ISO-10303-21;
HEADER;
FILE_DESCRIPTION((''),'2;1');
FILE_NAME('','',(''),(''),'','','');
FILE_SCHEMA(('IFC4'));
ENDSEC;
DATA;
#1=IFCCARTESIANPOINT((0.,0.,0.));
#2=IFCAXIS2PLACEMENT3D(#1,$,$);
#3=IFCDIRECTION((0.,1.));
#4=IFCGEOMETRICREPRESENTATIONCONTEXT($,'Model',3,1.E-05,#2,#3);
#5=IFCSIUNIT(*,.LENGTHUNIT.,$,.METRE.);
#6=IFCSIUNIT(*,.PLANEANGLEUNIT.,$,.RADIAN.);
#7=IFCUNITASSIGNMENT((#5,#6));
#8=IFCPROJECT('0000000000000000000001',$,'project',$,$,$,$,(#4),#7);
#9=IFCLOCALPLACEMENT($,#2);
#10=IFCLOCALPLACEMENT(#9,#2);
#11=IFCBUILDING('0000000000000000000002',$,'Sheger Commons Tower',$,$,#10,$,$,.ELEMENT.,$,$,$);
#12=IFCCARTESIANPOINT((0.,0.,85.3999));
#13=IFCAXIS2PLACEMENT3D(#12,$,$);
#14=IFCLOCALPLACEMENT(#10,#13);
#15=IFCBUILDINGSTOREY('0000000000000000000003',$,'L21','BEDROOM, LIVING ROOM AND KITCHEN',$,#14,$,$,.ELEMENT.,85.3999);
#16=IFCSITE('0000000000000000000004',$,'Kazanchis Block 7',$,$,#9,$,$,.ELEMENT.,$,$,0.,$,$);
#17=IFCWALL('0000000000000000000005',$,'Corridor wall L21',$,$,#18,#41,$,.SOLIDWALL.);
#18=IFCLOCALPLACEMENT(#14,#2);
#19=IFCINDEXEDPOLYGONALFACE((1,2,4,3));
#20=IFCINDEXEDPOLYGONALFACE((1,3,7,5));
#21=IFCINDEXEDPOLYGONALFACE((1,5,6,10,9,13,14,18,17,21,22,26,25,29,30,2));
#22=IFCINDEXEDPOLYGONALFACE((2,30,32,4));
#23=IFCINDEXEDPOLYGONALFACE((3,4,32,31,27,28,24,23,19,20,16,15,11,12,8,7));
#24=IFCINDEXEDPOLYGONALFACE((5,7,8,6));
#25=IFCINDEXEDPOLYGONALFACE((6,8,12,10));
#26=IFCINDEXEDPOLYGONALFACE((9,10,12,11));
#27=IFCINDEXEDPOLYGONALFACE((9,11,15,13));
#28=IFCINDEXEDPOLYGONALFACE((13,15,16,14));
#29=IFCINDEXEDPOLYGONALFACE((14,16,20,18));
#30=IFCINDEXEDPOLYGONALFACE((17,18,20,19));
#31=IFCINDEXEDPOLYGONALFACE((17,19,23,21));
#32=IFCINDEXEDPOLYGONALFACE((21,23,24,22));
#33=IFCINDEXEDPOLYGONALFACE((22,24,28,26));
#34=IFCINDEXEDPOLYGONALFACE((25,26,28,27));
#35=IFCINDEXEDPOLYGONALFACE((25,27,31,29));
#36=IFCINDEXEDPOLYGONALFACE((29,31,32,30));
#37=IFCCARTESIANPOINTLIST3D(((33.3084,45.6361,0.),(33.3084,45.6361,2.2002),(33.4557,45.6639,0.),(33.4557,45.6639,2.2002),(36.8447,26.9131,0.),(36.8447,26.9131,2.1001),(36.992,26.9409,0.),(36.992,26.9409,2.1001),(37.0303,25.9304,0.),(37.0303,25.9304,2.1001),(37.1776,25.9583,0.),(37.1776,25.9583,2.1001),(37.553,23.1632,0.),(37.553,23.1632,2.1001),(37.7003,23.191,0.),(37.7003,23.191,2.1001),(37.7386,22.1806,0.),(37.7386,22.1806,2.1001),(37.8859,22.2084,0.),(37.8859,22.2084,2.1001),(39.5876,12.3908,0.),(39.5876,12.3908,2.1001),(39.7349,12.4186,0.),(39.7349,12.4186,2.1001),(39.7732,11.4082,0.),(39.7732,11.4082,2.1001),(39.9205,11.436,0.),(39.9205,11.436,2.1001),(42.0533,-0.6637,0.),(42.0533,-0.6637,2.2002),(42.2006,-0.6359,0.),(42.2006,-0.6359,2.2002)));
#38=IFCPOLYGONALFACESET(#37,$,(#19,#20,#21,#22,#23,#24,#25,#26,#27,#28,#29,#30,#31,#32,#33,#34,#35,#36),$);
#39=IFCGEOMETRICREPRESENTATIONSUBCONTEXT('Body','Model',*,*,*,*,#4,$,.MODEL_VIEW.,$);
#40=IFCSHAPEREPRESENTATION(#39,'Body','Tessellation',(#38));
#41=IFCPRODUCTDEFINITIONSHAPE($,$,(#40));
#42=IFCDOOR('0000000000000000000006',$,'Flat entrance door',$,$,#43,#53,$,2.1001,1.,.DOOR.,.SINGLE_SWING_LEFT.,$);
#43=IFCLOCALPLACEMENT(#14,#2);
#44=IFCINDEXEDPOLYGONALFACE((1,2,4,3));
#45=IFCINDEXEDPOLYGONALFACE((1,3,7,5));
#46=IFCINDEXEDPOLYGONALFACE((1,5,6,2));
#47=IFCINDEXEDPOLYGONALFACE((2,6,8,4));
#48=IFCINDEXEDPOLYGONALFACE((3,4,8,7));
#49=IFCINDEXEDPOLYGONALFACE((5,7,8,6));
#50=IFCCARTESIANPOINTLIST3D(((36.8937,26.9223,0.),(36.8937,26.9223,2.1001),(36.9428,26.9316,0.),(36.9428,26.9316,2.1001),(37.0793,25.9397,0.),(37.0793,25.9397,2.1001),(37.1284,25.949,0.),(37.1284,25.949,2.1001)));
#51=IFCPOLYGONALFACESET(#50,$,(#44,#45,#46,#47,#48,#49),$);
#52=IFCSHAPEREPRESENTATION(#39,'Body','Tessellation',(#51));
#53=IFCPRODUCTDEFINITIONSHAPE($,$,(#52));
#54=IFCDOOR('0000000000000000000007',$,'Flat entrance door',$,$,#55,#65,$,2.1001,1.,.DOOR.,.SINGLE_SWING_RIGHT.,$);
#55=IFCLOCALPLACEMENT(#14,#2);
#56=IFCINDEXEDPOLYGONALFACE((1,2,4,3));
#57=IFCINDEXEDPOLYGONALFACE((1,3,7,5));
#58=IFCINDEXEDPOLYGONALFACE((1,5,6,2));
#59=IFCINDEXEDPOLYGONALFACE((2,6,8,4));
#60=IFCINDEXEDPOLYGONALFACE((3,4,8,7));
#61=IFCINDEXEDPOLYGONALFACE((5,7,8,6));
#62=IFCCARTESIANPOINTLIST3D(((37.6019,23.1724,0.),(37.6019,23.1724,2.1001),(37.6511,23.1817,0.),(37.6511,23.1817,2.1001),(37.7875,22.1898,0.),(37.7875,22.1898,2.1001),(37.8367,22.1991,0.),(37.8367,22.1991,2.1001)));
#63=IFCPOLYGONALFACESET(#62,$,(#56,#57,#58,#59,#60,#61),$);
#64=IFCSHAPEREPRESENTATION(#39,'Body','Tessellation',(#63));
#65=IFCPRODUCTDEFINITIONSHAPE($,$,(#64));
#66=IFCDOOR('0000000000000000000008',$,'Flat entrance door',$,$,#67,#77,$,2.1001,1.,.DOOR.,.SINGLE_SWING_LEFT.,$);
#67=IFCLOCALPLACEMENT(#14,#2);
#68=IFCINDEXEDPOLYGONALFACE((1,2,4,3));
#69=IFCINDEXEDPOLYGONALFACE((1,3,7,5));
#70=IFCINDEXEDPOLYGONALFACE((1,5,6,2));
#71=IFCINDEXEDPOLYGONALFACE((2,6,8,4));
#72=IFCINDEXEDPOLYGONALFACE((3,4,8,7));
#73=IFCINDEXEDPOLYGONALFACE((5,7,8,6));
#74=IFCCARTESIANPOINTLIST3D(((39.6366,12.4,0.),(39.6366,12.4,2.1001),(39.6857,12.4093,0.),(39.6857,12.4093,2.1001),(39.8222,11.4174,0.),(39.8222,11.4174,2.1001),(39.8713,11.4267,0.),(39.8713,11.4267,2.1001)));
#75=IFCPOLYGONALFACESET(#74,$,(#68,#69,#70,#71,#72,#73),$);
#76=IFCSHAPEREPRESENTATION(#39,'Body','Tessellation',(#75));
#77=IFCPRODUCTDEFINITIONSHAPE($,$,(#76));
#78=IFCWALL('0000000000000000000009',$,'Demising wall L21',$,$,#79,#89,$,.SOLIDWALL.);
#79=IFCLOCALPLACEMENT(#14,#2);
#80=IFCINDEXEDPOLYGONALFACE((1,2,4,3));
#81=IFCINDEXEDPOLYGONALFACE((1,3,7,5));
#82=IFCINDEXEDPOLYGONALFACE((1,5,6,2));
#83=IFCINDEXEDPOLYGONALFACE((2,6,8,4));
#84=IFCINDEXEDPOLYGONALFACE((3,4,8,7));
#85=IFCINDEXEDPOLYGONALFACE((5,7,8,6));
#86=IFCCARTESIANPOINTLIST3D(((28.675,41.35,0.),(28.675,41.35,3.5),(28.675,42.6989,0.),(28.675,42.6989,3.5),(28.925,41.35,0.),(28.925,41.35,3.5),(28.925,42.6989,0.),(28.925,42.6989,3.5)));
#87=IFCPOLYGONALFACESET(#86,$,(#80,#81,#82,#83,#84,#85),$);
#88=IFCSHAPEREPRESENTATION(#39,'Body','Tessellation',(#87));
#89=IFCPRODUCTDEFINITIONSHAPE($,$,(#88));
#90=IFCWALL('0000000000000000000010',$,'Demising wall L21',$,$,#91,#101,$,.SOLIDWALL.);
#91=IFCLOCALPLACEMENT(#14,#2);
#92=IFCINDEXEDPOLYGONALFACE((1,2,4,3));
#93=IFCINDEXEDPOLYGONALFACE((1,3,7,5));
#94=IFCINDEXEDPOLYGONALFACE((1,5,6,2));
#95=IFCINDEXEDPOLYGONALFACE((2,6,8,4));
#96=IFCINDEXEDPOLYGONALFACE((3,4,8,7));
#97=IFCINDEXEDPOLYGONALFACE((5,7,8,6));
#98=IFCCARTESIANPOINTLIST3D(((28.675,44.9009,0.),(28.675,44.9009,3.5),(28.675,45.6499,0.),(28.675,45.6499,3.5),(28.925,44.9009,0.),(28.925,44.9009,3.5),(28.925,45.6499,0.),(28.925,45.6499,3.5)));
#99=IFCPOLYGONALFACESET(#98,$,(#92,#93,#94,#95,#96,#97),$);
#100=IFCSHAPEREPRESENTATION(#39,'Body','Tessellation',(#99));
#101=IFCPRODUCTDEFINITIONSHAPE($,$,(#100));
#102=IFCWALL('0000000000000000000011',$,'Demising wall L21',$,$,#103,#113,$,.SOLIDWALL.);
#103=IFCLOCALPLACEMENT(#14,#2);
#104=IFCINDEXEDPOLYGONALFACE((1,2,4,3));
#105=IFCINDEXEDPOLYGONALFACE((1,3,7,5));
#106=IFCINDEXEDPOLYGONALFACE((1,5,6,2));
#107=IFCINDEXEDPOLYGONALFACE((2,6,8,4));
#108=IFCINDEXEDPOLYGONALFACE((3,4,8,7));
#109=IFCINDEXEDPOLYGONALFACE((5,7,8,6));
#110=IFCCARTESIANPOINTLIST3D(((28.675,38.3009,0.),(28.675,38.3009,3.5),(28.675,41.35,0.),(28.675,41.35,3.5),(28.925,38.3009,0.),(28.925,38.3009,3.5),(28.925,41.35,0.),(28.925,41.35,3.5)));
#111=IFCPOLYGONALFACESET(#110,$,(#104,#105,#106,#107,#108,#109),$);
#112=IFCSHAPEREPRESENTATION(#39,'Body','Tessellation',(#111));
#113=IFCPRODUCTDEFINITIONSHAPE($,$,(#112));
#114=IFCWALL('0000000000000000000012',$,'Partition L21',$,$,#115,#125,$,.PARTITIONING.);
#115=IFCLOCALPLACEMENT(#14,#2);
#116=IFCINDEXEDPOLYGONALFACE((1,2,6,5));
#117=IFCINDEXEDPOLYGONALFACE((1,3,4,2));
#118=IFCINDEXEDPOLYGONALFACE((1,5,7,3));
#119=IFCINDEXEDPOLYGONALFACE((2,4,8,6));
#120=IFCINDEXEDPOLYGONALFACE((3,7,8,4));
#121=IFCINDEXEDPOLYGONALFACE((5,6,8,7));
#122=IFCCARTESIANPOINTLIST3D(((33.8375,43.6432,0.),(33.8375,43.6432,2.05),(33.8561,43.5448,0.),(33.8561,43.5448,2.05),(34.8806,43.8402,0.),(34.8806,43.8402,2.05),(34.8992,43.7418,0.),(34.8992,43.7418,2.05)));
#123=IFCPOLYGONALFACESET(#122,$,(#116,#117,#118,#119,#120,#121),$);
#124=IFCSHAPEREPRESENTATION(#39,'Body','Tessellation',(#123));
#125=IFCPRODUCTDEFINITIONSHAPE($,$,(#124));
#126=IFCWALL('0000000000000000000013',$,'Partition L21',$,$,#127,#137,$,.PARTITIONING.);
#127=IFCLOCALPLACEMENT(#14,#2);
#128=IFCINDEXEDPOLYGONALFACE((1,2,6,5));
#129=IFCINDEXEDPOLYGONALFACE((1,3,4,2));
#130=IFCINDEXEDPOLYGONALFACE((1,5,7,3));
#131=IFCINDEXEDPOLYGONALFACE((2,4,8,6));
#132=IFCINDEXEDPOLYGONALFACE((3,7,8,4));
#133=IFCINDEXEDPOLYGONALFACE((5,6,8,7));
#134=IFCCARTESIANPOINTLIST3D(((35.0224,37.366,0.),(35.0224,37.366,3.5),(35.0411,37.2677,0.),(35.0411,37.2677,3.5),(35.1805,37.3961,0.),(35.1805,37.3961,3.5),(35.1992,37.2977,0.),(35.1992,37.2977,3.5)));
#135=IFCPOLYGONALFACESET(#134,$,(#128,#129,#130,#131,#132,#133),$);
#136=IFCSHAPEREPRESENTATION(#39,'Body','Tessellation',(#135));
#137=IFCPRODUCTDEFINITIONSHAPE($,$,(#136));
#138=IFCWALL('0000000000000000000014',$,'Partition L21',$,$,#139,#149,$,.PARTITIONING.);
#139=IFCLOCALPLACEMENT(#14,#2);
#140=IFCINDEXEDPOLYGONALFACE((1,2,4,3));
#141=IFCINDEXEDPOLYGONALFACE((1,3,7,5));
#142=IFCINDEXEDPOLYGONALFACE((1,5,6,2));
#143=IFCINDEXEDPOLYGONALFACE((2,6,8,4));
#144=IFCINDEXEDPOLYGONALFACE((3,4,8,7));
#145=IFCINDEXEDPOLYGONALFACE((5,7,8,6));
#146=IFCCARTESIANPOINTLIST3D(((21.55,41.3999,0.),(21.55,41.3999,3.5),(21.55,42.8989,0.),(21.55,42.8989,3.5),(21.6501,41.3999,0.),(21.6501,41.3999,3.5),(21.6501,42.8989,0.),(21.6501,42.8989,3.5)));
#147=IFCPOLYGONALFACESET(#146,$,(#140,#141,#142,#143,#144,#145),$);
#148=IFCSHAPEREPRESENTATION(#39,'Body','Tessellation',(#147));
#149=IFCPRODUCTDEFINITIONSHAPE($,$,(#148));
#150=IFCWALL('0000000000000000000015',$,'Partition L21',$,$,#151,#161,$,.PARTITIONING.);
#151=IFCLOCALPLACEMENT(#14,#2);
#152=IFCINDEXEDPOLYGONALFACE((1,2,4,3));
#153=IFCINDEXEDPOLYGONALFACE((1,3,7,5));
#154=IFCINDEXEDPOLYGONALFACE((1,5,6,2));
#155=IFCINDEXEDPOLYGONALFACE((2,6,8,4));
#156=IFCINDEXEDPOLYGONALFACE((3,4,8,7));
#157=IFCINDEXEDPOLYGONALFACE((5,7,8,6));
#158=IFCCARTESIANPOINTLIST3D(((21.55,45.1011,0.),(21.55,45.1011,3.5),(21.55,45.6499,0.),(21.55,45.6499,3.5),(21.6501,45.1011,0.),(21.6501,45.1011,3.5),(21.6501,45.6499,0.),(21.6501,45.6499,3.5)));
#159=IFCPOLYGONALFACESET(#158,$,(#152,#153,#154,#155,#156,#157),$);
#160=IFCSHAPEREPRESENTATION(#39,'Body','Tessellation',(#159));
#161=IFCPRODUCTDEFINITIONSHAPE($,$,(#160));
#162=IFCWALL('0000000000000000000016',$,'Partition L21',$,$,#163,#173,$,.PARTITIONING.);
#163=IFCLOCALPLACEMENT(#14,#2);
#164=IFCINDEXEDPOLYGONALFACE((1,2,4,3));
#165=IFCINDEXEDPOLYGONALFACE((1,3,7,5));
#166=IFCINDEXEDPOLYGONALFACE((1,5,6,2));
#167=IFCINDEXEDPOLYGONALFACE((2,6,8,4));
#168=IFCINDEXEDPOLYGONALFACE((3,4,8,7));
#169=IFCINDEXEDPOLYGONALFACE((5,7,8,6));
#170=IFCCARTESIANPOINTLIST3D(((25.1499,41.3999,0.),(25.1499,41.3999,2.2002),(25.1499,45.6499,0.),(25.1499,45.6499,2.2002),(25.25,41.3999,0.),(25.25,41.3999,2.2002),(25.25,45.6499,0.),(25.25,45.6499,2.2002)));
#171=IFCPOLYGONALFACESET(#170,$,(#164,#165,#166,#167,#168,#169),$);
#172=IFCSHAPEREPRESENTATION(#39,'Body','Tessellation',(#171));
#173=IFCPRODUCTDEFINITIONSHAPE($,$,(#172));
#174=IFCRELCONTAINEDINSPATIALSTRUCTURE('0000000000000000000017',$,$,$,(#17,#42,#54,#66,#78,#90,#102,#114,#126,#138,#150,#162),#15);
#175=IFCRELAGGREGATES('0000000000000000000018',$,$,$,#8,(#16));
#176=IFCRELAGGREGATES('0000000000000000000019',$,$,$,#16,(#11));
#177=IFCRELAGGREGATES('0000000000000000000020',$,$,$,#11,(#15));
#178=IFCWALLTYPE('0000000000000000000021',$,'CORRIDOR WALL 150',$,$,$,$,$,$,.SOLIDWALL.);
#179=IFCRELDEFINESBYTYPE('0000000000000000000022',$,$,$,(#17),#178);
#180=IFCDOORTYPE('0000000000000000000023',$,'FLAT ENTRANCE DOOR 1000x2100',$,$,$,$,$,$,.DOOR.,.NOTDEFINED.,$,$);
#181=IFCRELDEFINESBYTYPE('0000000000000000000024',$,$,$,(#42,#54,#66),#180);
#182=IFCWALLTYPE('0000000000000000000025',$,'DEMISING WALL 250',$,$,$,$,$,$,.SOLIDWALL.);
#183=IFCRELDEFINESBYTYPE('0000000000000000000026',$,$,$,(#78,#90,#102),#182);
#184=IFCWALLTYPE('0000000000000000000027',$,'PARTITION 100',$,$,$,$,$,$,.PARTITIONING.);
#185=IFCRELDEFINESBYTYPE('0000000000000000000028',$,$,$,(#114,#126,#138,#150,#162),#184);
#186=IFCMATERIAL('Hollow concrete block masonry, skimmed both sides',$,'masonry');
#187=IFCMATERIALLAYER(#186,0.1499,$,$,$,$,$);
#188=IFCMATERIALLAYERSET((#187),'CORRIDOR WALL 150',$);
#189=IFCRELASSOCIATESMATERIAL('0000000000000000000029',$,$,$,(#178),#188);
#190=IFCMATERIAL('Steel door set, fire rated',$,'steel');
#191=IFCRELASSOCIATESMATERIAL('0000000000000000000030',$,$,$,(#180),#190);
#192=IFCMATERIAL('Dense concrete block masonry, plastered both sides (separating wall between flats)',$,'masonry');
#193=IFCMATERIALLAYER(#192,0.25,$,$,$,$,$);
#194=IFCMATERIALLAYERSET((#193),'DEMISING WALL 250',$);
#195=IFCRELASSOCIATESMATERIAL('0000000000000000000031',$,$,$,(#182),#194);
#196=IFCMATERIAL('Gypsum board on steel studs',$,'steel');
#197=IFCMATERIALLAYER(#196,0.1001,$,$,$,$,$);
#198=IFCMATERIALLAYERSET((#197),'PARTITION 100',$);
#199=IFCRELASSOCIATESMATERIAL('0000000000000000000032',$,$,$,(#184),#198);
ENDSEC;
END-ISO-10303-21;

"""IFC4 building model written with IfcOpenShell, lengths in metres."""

from ifc_helpers import new_model, si_unit, direction, frame, frame_2d, origin, place, context, subcontext, project, spatial, rectangle, extrude, material, layer, layer_set, type_object, element, fill, save


model = new_model("IFC4")

# Units and contexts
model_context = context("Model", 3, precision=1e-05, world=origin(), true_north=direction((0.0, 1.0)))
body_context = subcontext(model_context, "Body", "Model", "MODEL_VIEW")
ifc_project = project(units=[si_unit("LENGTHUNIT", "METRE"), si_unit("PLANEANGLEUNIT", "RADIAN")], contexts=[model_context])

# Site, building, storey
site_placement = place(None, origin())
site = spatial("IfcSite", under=ifc_project, at=site_placement, Name="Kazanchis Block 7", CompositionType="ELEMENT", RefElevation=0.0)
building_placement = place(site_placement, origin())
building = spatial("IfcBuilding", under=site, at=building_placement, Name="Sheger Commons Tower", CompositionType="ELEMENT")
storey_placement = place(building_placement, frame((0.0, 0.0, 85.3999)))
storey = spatial("IfcBuildingStorey", under=building, at=storey_placement, Name="L21", Description="BEDROOM, LIVING ROOM AND KITCHEN", CompositionType="ELEMENT", Elevation=85.3999)

# Wall, openings, doors
ifc_material_1 = material(Name="Hollow concrete block masonry, skimmed both sides", Category="masonry")
ifc_layer_1 = layer(ifc_material_1, 0.1499)
ifc_layer_set_1 = layer_set([ifc_layer_1], Name="CORRIDOR WALL 150")
wall_type_1 = type_object("IfcWallType", Name="CORRIDOR WALL 150", PredefinedType="SOLIDWALL", material=ifc_layer_set_1)
wall_1_placement = place(storey_placement, frame((33.3821, 45.6499, 0.0), z_axis=(0.0, 0.0, 1.0), x_axis=(0.185594, -0.982627, 0.0)))
wall_1 = element("IfcWall", 1, at=wall_1_placement, inside=storey, type_object=wall_type_1, Name="Corridor wall L21", PredefinedType="SOLIDWALL", context=body_context, shape_type="SweptSolid", body=[
    extrude(rectangle(XDim=47.1184, YDim=0.1499, at=frame_2d((23.5591, 0.0))), origin(), (0.0, 0.0, 1.0), 2.2002),
])
opening_1_placement = place(wall_1_placement, frame((19.054, 0.0, 0.0)))
opening_1 = element("IfcOpeningElement", 2, at=opening_1_placement, cuts=wall_1, PredefinedType="OPENING", context=body_context, shape_type="SweptSolid", body=[
    extrude(rectangle(XDim=1.0, YDim=2.1001, at=frame_2d((0.5, 1.05))), frame((0.0, 0.085, 0.0), z_axis=(0.0, -1.0, 0.0), x_axis=(1.0, 0.0, 0.0)), (0.0, 0.0, 1.0), 0.1699),
])
opening_2_placement = place(wall_1_placement, frame((22.8701, 0.0, 0.0)))
opening_2 = element("IfcOpeningElement", 3, at=opening_2_placement, cuts=wall_1, PredefinedType="OPENING", context=body_context, shape_type="SweptSolid", body=[
    extrude(rectangle(XDim=1.0, YDim=2.1001, at=frame_2d((0.5, 1.05))), frame((0.0, 0.085, 0.0), z_axis=(0.0, -1.0, 0.0), x_axis=(1.0, 0.0, 0.0)), (0.0, 0.0, 1.0), 0.1699),
])
opening_3_placement = place(wall_1_placement, frame((33.833, 0.0, 0.0)))
opening_3 = element("IfcOpeningElement", 4, at=opening_3_placement, cuts=wall_1, PredefinedType="OPENING", context=body_context, shape_type="SweptSolid", body=[
    extrude(rectangle(XDim=1.0, YDim=2.1001, at=frame_2d((0.5, 1.05))), frame((0.0, 0.085, 0.0), z_axis=(0.0, -1.0, 0.0), x_axis=(1.0, 0.0, 0.0)), (0.0, 0.0, 1.0), 0.1699),
])
ifc_material_2 = material(Name="Steel door set, fire rated", Category="steel")
door_type_1 = type_object("IfcDoorType", Name="FLAT ENTRANCE DOOR 1000x2100", OperationType="NOTDEFINED", PredefinedType="DOOR", material=ifc_material_2)
door_1_placement = place(opening_1_placement, origin())
door_1 = element("IfcDoor", 5, at=door_1_placement, inside=storey, type_object=door_type_1, Name="Flat entrance door", OperationType="SINGLE_SWING_LEFT", OverallHeight=2.1001, OverallWidth=1.0, PredefinedType="DOOR", context=body_context, shape_type="SweptSolid", body=[
    extrude(rectangle(XDim=1.0, YDim=2.1001, at=frame_2d((0.5, 1.05))), frame((0.0, 0.0249, 0.0), z_axis=(0.0, -1.0, 0.0), x_axis=(1.0, 0.0, 0.0)), (0.0, 0.0, 1.0), 0.05),
])
fill(opening_1, door_1)
door_2_placement = place(opening_2_placement, origin())
door_2 = element("IfcDoor", 6, at=door_2_placement, inside=storey, type_object=door_type_1, Name="Flat entrance door", OperationType="SINGLE_SWING_RIGHT", OverallHeight=2.1001, OverallWidth=1.0, PredefinedType="DOOR", context=body_context, shape_type="SweptSolid", body=[
    extrude(rectangle(XDim=1.0, YDim=2.1001, at=frame_2d((0.5, 1.05))), frame((0.0, 0.0249, 0.0), z_axis=(0.0, -1.0, 0.0), x_axis=(1.0, 0.0, 0.0)), (0.0, 0.0, 1.0), 0.05),
])
fill(opening_2, door_2)
door_3_placement = place(opening_3_placement, origin())
door_3 = element("IfcDoor", 7, at=door_3_placement, inside=storey, type_object=door_type_1, Name="Flat entrance door", OperationType="SINGLE_SWING_LEFT", OverallHeight=2.1001, OverallWidth=1.0, PredefinedType="DOOR", context=body_context, shape_type="SweptSolid", body=[
    extrude(rectangle(XDim=1.0, YDim=2.1001, at=frame_2d((0.5, 1.05))), frame((0.0, 0.0249, 0.0), z_axis=(0.0, -1.0, 0.0), x_axis=(1.0, 0.0, 0.0)), (0.0, 0.0, 1.0), 0.05),
])
fill(opening_3, door_3)

# Walls
ifc_material_3 = material(Name="Dense concrete block masonry, plastered both sides (separating wall between flats)", Category="masonry")
ifc_layer_2 = layer(ifc_material_3, 0.25)
ifc_layer_set_2 = layer_set([ifc_layer_2], Name="DEMISING WALL 250")
wall_type_2 = type_object("IfcWallType", Name="DEMISING WALL 250", PredefinedType="SOLIDWALL", material=ifc_layer_set_2)
wall_2_placement = place(storey_placement, frame((28.8, 41.3501, 0.0), z_axis=(0.0, 0.0, 1.0), x_axis=(0.0, 1.0, 0.0)))
element("IfcWall", 8, at=wall_2_placement, inside=storey, type_object=wall_type_2, Name="Demising wall L21", PredefinedType="SOLIDWALL", context=body_context, shape_type="SweptSolid", body=[
    extrude(rectangle(XDim=1.3489, YDim=0.25, at=frame_2d((0.6743, 0.0))), origin(), (0.0, 0.0, 1.0), 3.5),
])
wall_3_placement = place(storey_placement, frame((28.8, 44.9009, 0.0), z_axis=(0.0, 0.0, 1.0), x_axis=(0.0, 1.0, 0.0)))
element("IfcWall", 9, at=wall_3_placement, inside=storey, type_object=wall_type_2, Name="Demising wall L21", PredefinedType="SOLIDWALL", context=body_context, shape_type="SweptSolid", body=[
    extrude(rectangle(XDim=0.749, YDim=0.25, at=frame_2d((0.3745, 0.0))), origin(), (0.0, 0.0, 1.0), 3.5),
])
wall_4_placement = place(storey_placement, frame((28.8, 38.301, 0.0), z_axis=(0.0, 0.0, 1.0), x_axis=(0.0, 1.0, 0.0)))
element("IfcWall", 10, at=wall_4_placement, inside=storey, type_object=wall_type_2, Name="Demising wall L21", PredefinedType="SOLIDWALL", context=body_context, shape_type="SweptSolid", body=[
    extrude(rectangle(XDim=3.0491, YDim=0.25, at=frame_2d((1.5244, 0.0))), origin(), (0.0, 0.0, 1.0), 3.5),
])
ifc_material_4 = material(Name="Gypsum board on steel studs", Category="steel")
ifc_layer_3 = layer(ifc_material_4, 0.1001)
ifc_layer_set_3 = layer_set([ifc_layer_3], Name="PARTITION 100")
wall_type_3 = type_object("IfcWallType", Name="PARTITION 100", PredefinedType="PARTITIONING", material=ifc_layer_set_3)
wall_5_placement = place(storey_placement, frame((34.8899, 43.791, 0.0), z_axis=(0.0, 0.0, 1.0), x_axis=(-0.982621, -0.185622, 0.0)))
element("IfcWall", 11, at=wall_5_placement, inside=storey, type_object=wall_type_3, Name="Partition L21", PredefinedType="PARTITIONING", context=body_context, shape_type="SweptSolid", body=[
    extrude(rectangle(XDim=1.0615, YDim=0.1001, at=frame_2d((0.5308, 0.0))), origin(), (0.0, 0.0, 1.0), 2.05),
])
wall_6_placement = place(storey_placement, frame((35.1899, 37.3469, 0.0), z_axis=(0.0, 0.0, 1.0), x_axis=(-0.982405, -0.186763, 0.0)))
element("IfcWall", 12, at=wall_6_placement, inside=storey, type_object=wall_type_3, Name="Partition L21", PredefinedType="PARTITIONING", context=body_context, shape_type="SweptSolid", body=[
    extrude(rectangle(XDim=0.1609, YDim=0.1001, at=frame_2d((0.0806, 0.0))), origin(), (0.0, 0.0, 1.0), 3.5),
])
wall_7_placement = place(storey_placement, frame((21.6001, 41.3999, 0.0), z_axis=(0.0, 0.0, 1.0), x_axis=(0.0, 1.0, 0.0)))
element("IfcWall", 13, at=wall_7_placement, inside=storey, type_object=wall_type_3, Name="Partition L21", PredefinedType="PARTITIONING", context=body_context, shape_type="SweptSolid", body=[
    extrude(rectangle(XDim=1.499, YDim=0.1001, at=frame_2d((0.7495, 0.0))), origin(), (0.0, 0.0, 1.0), 3.5),
])
wall_8_placement = place(storey_placement, frame((21.6001, 45.1011, 0.0), z_axis=(0.0, 0.0, 1.0), x_axis=(0.0, 1.0, 0.0)))
element("IfcWall", 14, at=wall_8_placement, inside=storey, type_object=wall_type_3, Name="Partition L21", PredefinedType="PARTITIONING", context=body_context, shape_type="SweptSolid", body=[
    extrude(rectangle(XDim=0.5488, YDim=0.1001, at=frame_2d((0.2744, 0.0))), origin(), (0.0, 0.0, 1.0), 3.5),
])
wall_9_placement = place(storey_placement, frame((25.2, 41.3999, 0.0), z_axis=(0.0, 0.0, 1.0), x_axis=(0.0, 1.0, 0.0)))
element("IfcWall", 15, at=wall_9_placement, inside=storey, type_object=wall_type_3, Name="Partition L21", PredefinedType="PARTITIONING", context=body_context, shape_type="SweptSolid", body=[
    extrude(rectangle(XDim=4.25, YDim=0.1001, at=frame_2d((2.125, 0.0))), origin(), (0.0, 0.0, 1.0), 2.2002),
])

save(model, "model.ifc")
